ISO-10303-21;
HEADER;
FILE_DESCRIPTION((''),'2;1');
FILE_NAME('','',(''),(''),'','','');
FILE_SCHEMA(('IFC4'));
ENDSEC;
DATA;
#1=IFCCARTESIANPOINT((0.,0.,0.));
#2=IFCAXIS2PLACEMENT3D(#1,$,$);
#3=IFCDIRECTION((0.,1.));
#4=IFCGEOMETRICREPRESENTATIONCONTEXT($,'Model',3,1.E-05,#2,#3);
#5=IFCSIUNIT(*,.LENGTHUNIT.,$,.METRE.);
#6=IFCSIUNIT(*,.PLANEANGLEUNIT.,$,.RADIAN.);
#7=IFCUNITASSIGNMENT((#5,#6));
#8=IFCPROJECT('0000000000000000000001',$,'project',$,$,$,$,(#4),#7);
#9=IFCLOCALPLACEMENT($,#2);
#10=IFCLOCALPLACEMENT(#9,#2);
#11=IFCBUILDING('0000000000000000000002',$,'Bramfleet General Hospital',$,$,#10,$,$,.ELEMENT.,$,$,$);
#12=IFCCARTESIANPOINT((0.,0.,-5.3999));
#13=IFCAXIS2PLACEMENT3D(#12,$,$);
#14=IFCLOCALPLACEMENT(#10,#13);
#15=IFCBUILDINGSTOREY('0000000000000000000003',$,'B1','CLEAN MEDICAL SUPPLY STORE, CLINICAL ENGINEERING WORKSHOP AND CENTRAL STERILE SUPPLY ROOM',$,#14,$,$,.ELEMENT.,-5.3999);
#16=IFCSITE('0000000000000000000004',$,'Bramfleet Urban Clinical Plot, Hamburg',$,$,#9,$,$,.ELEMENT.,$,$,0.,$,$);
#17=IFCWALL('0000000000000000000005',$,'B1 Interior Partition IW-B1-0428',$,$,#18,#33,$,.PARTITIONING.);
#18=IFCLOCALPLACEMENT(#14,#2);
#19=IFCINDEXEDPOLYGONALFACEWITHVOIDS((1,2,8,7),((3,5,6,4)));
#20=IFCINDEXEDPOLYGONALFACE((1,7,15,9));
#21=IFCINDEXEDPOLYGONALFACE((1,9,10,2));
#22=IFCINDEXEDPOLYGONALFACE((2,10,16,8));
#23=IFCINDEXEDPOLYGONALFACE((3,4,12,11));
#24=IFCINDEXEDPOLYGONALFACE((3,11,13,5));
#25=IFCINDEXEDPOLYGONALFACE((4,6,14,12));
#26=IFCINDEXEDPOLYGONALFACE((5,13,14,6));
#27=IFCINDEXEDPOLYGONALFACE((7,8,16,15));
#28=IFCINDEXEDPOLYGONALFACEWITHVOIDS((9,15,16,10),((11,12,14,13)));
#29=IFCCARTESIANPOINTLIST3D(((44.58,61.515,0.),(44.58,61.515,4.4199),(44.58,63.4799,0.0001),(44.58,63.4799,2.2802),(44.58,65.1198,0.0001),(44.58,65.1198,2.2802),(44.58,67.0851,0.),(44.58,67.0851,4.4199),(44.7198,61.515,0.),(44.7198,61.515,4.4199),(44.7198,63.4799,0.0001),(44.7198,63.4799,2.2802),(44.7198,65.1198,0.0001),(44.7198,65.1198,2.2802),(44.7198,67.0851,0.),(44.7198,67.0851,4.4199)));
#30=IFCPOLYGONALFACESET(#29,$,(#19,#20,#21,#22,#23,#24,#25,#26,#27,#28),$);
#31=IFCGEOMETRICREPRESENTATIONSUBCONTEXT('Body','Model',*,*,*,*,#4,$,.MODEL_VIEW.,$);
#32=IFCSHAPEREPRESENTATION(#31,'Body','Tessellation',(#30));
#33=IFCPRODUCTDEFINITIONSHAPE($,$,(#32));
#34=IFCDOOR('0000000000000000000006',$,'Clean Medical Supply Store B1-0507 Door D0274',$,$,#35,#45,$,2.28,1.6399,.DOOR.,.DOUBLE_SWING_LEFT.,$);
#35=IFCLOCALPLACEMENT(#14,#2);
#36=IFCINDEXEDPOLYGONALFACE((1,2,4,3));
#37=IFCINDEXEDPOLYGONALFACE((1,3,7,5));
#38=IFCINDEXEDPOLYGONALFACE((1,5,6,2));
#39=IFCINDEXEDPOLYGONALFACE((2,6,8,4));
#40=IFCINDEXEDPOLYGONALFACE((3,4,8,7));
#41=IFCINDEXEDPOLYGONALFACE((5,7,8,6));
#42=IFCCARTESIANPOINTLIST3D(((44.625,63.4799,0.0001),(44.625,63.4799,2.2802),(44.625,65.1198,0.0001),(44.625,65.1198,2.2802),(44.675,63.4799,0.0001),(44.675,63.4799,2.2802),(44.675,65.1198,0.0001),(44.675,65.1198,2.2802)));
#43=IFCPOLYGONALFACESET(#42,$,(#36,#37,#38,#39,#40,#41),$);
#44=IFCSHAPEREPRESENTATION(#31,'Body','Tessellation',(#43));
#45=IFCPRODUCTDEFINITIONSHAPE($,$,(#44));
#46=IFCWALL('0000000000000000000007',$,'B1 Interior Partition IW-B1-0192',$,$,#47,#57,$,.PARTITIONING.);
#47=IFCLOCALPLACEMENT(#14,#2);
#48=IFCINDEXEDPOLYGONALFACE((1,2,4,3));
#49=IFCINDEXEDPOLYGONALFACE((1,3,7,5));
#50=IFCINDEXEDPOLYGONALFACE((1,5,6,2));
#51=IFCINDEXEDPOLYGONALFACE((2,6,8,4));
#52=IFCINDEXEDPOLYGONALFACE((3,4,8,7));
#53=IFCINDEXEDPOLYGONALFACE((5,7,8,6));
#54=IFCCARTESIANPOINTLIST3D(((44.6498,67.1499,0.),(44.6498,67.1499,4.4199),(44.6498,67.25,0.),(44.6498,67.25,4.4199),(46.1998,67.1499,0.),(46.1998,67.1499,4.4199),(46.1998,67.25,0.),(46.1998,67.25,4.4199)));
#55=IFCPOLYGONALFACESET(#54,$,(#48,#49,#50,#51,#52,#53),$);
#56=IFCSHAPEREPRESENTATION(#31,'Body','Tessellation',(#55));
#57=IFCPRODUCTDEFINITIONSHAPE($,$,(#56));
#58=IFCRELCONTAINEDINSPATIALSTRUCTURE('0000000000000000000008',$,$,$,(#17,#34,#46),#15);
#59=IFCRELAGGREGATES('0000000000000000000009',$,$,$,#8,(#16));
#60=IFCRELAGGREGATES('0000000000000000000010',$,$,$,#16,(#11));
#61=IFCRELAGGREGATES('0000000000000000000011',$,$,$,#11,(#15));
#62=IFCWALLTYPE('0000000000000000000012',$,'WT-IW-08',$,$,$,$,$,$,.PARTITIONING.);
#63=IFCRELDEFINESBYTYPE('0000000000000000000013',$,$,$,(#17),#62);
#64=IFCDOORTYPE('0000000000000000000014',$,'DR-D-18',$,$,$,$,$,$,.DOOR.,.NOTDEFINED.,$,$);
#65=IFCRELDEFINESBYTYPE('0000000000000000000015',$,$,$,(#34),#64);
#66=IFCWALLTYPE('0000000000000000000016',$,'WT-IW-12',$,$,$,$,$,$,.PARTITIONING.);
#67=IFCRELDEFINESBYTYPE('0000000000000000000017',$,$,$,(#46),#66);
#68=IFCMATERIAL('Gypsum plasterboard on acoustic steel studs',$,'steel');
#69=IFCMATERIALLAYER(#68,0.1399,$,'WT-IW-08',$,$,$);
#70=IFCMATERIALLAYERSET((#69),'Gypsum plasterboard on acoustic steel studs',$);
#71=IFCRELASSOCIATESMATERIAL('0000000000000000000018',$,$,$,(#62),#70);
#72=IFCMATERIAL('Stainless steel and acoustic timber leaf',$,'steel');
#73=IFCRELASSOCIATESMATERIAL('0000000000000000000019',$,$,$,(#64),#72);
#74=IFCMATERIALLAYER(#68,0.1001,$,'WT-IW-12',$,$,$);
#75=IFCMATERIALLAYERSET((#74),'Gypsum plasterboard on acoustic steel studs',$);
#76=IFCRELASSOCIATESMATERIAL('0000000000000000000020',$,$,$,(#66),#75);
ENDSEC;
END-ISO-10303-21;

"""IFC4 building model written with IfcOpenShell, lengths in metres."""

from ifc_helpers import new_model, si_unit, direction, frame, frame_2d, origin, place, context, subcontext, project, spatial, rectangle, extrude, material, layer, layer_set, type_object, element, fill, save


model = new_model("IFC4")

# Units and contexts
model_context = context("Model", 3, precision=1e-05, world=origin(), true_north=direction((0.0, 1.0)))
body_context = subcontext(model_context, "Body", "Model", "MODEL_VIEW")
ifc_project = project(units=[si_unit("LENGTHUNIT", "METRE"), si_unit("PLANEANGLEUNIT", "RADIAN")], contexts=[model_context])

# Site, building, storey
site_placement = place(None, origin())
site = spatial("IfcSite", under=ifc_project, at=site_placement, Name="Bramfleet Urban Clinical Plot, Hamburg", CompositionType="ELEMENT", RefElevation=0.0)
building_placement = place(site_placement, origin())
building = spatial("IfcBuilding", under=site, at=building_placement, Name="Bramfleet General Hospital", CompositionType="ELEMENT")
storey_placement = place(building_placement, frame((0.0, 0.0, -5.3999)))
storey = spatial("IfcBuildingStorey", under=building, at=storey_placement, Name="B1", Description="CLEAN MEDICAL SUPPLY STORE, CLINICAL ENGINEERING WORKSHOP AND CENTRAL STERILE SUPPLY ROOM", CompositionType="ELEMENT", Elevation=-5.3999)

# Shared definitions
ifc_material_1 = material(Name="Gypsum plasterboard on acoustic steel studs", Category="steel")
ifc_material_2 = material(Name="Stainless steel and acoustic timber leaf", Category="steel")

# Wall, opening, door
ifc_layer_1 = layer(ifc_material_1, 0.1399, Name="WT-IW-08")
ifc_layer_set_1 = layer_set([ifc_layer_1], Name="Gypsum plasterboard on acoustic steel studs")
wall_type_1 = type_object("IfcWallType", Name="WT-IW-08", PredefinedType="PARTITIONING", material=ifc_layer_set_1)
wall_1_placement = place(storey_placement, frame((44.6499, 61.5149, 0.0), z_axis=(0.0, 0.0, 1.0), x_axis=(0.0, 1.0, 0.0)))
wall_1 = element("IfcWall", 1, at=wall_1_placement, inside=storey, type_object=wall_type_1, Name="B1 Interior Partition IW-B1-0428", PredefinedType="PARTITIONING", context=body_context, shape_type="SweptSolid", body=[
    extrude(rectangle(XDim=5.5701, YDim=0.1399, at=frame_2d((2.7852, 0.0))), origin(), (0.0, 0.0, 1.0), 4.4199),
])
opening_1_placement = place(wall_1_placement, frame((1.9651, 0.0, 0.0)))
opening_1 = element("IfcOpeningElement", 2, at=opening_1_placement, cuts=wall_1, PredefinedType="OPENING", context=body_context, shape_type="SweptSolid", body=[
    extrude(rectangle(XDim=1.6399, YDim=2.28, at=frame_2d((0.8198, 1.1401))), frame((0.0, 0.0798, 0.0), z_axis=(0.0, -1.0, 0.0), x_axis=(1.0, 0.0, 0.0)), (0.0, 0.0, 1.0), 0.1599),
])
door_type_1 = type_object("IfcDoorType", Name="DR-D-18", OperationType="NOTDEFINED", PredefinedType="DOOR", material=ifc_material_2)
door_1_placement = place(opening_1_placement, origin())
door_1 = element("IfcDoor", 3, at=door_1_placement, inside=storey, type_object=door_type_1, Name="Clean Medical Supply Store B1-0507 Door D0274", OperationType="DOUBLE_SWING_LEFT", OverallHeight=2.28, OverallWidth=1.6399, PredefinedType="DOOR", context=body_context, shape_type="SweptSolid", body=[
    extrude(rectangle(XDim=1.6399, YDim=2.28, at=frame_2d((0.8198, 1.1401))), frame((0.0, 0.0249, 0.0), z_axis=(0.0, -1.0, 0.0), x_axis=(1.0, 0.0, 0.0)), (0.0, 0.0, 1.0), 0.05),
])
fill(opening_1, door_1)

# Wall
ifc_layer_2 = layer(ifc_material_1, 0.1001, Name="WT-IW-12")
ifc_layer_set_2 = layer_set([ifc_layer_2], Name="Gypsum plasterboard on acoustic steel studs")
wall_type_2 = type_object("IfcWallType", Name="WT-IW-12", PredefinedType="PARTITIONING", material=ifc_layer_set_2)
wall_2_placement = place(storey_placement, frame((44.6499, 67.2, 0.0), z_axis=(0.0, 0.0, 1.0), x_axis=(1.0, 0.0, 0.0)))
element("IfcWall", 4, at=wall_2_placement, inside=storey, type_object=wall_type_2, Name="B1 Interior Partition IW-B1-0192", PredefinedType="PARTITIONING", context=body_context, shape_type="SweptSolid", body=[
    extrude(rectangle(XDim=1.55, YDim=0.1001, at=frame_2d((0.7749, 0.0))), origin(), (0.0, 0.0, 1.0), 4.4199),
])

save(model, "model.ifc")
